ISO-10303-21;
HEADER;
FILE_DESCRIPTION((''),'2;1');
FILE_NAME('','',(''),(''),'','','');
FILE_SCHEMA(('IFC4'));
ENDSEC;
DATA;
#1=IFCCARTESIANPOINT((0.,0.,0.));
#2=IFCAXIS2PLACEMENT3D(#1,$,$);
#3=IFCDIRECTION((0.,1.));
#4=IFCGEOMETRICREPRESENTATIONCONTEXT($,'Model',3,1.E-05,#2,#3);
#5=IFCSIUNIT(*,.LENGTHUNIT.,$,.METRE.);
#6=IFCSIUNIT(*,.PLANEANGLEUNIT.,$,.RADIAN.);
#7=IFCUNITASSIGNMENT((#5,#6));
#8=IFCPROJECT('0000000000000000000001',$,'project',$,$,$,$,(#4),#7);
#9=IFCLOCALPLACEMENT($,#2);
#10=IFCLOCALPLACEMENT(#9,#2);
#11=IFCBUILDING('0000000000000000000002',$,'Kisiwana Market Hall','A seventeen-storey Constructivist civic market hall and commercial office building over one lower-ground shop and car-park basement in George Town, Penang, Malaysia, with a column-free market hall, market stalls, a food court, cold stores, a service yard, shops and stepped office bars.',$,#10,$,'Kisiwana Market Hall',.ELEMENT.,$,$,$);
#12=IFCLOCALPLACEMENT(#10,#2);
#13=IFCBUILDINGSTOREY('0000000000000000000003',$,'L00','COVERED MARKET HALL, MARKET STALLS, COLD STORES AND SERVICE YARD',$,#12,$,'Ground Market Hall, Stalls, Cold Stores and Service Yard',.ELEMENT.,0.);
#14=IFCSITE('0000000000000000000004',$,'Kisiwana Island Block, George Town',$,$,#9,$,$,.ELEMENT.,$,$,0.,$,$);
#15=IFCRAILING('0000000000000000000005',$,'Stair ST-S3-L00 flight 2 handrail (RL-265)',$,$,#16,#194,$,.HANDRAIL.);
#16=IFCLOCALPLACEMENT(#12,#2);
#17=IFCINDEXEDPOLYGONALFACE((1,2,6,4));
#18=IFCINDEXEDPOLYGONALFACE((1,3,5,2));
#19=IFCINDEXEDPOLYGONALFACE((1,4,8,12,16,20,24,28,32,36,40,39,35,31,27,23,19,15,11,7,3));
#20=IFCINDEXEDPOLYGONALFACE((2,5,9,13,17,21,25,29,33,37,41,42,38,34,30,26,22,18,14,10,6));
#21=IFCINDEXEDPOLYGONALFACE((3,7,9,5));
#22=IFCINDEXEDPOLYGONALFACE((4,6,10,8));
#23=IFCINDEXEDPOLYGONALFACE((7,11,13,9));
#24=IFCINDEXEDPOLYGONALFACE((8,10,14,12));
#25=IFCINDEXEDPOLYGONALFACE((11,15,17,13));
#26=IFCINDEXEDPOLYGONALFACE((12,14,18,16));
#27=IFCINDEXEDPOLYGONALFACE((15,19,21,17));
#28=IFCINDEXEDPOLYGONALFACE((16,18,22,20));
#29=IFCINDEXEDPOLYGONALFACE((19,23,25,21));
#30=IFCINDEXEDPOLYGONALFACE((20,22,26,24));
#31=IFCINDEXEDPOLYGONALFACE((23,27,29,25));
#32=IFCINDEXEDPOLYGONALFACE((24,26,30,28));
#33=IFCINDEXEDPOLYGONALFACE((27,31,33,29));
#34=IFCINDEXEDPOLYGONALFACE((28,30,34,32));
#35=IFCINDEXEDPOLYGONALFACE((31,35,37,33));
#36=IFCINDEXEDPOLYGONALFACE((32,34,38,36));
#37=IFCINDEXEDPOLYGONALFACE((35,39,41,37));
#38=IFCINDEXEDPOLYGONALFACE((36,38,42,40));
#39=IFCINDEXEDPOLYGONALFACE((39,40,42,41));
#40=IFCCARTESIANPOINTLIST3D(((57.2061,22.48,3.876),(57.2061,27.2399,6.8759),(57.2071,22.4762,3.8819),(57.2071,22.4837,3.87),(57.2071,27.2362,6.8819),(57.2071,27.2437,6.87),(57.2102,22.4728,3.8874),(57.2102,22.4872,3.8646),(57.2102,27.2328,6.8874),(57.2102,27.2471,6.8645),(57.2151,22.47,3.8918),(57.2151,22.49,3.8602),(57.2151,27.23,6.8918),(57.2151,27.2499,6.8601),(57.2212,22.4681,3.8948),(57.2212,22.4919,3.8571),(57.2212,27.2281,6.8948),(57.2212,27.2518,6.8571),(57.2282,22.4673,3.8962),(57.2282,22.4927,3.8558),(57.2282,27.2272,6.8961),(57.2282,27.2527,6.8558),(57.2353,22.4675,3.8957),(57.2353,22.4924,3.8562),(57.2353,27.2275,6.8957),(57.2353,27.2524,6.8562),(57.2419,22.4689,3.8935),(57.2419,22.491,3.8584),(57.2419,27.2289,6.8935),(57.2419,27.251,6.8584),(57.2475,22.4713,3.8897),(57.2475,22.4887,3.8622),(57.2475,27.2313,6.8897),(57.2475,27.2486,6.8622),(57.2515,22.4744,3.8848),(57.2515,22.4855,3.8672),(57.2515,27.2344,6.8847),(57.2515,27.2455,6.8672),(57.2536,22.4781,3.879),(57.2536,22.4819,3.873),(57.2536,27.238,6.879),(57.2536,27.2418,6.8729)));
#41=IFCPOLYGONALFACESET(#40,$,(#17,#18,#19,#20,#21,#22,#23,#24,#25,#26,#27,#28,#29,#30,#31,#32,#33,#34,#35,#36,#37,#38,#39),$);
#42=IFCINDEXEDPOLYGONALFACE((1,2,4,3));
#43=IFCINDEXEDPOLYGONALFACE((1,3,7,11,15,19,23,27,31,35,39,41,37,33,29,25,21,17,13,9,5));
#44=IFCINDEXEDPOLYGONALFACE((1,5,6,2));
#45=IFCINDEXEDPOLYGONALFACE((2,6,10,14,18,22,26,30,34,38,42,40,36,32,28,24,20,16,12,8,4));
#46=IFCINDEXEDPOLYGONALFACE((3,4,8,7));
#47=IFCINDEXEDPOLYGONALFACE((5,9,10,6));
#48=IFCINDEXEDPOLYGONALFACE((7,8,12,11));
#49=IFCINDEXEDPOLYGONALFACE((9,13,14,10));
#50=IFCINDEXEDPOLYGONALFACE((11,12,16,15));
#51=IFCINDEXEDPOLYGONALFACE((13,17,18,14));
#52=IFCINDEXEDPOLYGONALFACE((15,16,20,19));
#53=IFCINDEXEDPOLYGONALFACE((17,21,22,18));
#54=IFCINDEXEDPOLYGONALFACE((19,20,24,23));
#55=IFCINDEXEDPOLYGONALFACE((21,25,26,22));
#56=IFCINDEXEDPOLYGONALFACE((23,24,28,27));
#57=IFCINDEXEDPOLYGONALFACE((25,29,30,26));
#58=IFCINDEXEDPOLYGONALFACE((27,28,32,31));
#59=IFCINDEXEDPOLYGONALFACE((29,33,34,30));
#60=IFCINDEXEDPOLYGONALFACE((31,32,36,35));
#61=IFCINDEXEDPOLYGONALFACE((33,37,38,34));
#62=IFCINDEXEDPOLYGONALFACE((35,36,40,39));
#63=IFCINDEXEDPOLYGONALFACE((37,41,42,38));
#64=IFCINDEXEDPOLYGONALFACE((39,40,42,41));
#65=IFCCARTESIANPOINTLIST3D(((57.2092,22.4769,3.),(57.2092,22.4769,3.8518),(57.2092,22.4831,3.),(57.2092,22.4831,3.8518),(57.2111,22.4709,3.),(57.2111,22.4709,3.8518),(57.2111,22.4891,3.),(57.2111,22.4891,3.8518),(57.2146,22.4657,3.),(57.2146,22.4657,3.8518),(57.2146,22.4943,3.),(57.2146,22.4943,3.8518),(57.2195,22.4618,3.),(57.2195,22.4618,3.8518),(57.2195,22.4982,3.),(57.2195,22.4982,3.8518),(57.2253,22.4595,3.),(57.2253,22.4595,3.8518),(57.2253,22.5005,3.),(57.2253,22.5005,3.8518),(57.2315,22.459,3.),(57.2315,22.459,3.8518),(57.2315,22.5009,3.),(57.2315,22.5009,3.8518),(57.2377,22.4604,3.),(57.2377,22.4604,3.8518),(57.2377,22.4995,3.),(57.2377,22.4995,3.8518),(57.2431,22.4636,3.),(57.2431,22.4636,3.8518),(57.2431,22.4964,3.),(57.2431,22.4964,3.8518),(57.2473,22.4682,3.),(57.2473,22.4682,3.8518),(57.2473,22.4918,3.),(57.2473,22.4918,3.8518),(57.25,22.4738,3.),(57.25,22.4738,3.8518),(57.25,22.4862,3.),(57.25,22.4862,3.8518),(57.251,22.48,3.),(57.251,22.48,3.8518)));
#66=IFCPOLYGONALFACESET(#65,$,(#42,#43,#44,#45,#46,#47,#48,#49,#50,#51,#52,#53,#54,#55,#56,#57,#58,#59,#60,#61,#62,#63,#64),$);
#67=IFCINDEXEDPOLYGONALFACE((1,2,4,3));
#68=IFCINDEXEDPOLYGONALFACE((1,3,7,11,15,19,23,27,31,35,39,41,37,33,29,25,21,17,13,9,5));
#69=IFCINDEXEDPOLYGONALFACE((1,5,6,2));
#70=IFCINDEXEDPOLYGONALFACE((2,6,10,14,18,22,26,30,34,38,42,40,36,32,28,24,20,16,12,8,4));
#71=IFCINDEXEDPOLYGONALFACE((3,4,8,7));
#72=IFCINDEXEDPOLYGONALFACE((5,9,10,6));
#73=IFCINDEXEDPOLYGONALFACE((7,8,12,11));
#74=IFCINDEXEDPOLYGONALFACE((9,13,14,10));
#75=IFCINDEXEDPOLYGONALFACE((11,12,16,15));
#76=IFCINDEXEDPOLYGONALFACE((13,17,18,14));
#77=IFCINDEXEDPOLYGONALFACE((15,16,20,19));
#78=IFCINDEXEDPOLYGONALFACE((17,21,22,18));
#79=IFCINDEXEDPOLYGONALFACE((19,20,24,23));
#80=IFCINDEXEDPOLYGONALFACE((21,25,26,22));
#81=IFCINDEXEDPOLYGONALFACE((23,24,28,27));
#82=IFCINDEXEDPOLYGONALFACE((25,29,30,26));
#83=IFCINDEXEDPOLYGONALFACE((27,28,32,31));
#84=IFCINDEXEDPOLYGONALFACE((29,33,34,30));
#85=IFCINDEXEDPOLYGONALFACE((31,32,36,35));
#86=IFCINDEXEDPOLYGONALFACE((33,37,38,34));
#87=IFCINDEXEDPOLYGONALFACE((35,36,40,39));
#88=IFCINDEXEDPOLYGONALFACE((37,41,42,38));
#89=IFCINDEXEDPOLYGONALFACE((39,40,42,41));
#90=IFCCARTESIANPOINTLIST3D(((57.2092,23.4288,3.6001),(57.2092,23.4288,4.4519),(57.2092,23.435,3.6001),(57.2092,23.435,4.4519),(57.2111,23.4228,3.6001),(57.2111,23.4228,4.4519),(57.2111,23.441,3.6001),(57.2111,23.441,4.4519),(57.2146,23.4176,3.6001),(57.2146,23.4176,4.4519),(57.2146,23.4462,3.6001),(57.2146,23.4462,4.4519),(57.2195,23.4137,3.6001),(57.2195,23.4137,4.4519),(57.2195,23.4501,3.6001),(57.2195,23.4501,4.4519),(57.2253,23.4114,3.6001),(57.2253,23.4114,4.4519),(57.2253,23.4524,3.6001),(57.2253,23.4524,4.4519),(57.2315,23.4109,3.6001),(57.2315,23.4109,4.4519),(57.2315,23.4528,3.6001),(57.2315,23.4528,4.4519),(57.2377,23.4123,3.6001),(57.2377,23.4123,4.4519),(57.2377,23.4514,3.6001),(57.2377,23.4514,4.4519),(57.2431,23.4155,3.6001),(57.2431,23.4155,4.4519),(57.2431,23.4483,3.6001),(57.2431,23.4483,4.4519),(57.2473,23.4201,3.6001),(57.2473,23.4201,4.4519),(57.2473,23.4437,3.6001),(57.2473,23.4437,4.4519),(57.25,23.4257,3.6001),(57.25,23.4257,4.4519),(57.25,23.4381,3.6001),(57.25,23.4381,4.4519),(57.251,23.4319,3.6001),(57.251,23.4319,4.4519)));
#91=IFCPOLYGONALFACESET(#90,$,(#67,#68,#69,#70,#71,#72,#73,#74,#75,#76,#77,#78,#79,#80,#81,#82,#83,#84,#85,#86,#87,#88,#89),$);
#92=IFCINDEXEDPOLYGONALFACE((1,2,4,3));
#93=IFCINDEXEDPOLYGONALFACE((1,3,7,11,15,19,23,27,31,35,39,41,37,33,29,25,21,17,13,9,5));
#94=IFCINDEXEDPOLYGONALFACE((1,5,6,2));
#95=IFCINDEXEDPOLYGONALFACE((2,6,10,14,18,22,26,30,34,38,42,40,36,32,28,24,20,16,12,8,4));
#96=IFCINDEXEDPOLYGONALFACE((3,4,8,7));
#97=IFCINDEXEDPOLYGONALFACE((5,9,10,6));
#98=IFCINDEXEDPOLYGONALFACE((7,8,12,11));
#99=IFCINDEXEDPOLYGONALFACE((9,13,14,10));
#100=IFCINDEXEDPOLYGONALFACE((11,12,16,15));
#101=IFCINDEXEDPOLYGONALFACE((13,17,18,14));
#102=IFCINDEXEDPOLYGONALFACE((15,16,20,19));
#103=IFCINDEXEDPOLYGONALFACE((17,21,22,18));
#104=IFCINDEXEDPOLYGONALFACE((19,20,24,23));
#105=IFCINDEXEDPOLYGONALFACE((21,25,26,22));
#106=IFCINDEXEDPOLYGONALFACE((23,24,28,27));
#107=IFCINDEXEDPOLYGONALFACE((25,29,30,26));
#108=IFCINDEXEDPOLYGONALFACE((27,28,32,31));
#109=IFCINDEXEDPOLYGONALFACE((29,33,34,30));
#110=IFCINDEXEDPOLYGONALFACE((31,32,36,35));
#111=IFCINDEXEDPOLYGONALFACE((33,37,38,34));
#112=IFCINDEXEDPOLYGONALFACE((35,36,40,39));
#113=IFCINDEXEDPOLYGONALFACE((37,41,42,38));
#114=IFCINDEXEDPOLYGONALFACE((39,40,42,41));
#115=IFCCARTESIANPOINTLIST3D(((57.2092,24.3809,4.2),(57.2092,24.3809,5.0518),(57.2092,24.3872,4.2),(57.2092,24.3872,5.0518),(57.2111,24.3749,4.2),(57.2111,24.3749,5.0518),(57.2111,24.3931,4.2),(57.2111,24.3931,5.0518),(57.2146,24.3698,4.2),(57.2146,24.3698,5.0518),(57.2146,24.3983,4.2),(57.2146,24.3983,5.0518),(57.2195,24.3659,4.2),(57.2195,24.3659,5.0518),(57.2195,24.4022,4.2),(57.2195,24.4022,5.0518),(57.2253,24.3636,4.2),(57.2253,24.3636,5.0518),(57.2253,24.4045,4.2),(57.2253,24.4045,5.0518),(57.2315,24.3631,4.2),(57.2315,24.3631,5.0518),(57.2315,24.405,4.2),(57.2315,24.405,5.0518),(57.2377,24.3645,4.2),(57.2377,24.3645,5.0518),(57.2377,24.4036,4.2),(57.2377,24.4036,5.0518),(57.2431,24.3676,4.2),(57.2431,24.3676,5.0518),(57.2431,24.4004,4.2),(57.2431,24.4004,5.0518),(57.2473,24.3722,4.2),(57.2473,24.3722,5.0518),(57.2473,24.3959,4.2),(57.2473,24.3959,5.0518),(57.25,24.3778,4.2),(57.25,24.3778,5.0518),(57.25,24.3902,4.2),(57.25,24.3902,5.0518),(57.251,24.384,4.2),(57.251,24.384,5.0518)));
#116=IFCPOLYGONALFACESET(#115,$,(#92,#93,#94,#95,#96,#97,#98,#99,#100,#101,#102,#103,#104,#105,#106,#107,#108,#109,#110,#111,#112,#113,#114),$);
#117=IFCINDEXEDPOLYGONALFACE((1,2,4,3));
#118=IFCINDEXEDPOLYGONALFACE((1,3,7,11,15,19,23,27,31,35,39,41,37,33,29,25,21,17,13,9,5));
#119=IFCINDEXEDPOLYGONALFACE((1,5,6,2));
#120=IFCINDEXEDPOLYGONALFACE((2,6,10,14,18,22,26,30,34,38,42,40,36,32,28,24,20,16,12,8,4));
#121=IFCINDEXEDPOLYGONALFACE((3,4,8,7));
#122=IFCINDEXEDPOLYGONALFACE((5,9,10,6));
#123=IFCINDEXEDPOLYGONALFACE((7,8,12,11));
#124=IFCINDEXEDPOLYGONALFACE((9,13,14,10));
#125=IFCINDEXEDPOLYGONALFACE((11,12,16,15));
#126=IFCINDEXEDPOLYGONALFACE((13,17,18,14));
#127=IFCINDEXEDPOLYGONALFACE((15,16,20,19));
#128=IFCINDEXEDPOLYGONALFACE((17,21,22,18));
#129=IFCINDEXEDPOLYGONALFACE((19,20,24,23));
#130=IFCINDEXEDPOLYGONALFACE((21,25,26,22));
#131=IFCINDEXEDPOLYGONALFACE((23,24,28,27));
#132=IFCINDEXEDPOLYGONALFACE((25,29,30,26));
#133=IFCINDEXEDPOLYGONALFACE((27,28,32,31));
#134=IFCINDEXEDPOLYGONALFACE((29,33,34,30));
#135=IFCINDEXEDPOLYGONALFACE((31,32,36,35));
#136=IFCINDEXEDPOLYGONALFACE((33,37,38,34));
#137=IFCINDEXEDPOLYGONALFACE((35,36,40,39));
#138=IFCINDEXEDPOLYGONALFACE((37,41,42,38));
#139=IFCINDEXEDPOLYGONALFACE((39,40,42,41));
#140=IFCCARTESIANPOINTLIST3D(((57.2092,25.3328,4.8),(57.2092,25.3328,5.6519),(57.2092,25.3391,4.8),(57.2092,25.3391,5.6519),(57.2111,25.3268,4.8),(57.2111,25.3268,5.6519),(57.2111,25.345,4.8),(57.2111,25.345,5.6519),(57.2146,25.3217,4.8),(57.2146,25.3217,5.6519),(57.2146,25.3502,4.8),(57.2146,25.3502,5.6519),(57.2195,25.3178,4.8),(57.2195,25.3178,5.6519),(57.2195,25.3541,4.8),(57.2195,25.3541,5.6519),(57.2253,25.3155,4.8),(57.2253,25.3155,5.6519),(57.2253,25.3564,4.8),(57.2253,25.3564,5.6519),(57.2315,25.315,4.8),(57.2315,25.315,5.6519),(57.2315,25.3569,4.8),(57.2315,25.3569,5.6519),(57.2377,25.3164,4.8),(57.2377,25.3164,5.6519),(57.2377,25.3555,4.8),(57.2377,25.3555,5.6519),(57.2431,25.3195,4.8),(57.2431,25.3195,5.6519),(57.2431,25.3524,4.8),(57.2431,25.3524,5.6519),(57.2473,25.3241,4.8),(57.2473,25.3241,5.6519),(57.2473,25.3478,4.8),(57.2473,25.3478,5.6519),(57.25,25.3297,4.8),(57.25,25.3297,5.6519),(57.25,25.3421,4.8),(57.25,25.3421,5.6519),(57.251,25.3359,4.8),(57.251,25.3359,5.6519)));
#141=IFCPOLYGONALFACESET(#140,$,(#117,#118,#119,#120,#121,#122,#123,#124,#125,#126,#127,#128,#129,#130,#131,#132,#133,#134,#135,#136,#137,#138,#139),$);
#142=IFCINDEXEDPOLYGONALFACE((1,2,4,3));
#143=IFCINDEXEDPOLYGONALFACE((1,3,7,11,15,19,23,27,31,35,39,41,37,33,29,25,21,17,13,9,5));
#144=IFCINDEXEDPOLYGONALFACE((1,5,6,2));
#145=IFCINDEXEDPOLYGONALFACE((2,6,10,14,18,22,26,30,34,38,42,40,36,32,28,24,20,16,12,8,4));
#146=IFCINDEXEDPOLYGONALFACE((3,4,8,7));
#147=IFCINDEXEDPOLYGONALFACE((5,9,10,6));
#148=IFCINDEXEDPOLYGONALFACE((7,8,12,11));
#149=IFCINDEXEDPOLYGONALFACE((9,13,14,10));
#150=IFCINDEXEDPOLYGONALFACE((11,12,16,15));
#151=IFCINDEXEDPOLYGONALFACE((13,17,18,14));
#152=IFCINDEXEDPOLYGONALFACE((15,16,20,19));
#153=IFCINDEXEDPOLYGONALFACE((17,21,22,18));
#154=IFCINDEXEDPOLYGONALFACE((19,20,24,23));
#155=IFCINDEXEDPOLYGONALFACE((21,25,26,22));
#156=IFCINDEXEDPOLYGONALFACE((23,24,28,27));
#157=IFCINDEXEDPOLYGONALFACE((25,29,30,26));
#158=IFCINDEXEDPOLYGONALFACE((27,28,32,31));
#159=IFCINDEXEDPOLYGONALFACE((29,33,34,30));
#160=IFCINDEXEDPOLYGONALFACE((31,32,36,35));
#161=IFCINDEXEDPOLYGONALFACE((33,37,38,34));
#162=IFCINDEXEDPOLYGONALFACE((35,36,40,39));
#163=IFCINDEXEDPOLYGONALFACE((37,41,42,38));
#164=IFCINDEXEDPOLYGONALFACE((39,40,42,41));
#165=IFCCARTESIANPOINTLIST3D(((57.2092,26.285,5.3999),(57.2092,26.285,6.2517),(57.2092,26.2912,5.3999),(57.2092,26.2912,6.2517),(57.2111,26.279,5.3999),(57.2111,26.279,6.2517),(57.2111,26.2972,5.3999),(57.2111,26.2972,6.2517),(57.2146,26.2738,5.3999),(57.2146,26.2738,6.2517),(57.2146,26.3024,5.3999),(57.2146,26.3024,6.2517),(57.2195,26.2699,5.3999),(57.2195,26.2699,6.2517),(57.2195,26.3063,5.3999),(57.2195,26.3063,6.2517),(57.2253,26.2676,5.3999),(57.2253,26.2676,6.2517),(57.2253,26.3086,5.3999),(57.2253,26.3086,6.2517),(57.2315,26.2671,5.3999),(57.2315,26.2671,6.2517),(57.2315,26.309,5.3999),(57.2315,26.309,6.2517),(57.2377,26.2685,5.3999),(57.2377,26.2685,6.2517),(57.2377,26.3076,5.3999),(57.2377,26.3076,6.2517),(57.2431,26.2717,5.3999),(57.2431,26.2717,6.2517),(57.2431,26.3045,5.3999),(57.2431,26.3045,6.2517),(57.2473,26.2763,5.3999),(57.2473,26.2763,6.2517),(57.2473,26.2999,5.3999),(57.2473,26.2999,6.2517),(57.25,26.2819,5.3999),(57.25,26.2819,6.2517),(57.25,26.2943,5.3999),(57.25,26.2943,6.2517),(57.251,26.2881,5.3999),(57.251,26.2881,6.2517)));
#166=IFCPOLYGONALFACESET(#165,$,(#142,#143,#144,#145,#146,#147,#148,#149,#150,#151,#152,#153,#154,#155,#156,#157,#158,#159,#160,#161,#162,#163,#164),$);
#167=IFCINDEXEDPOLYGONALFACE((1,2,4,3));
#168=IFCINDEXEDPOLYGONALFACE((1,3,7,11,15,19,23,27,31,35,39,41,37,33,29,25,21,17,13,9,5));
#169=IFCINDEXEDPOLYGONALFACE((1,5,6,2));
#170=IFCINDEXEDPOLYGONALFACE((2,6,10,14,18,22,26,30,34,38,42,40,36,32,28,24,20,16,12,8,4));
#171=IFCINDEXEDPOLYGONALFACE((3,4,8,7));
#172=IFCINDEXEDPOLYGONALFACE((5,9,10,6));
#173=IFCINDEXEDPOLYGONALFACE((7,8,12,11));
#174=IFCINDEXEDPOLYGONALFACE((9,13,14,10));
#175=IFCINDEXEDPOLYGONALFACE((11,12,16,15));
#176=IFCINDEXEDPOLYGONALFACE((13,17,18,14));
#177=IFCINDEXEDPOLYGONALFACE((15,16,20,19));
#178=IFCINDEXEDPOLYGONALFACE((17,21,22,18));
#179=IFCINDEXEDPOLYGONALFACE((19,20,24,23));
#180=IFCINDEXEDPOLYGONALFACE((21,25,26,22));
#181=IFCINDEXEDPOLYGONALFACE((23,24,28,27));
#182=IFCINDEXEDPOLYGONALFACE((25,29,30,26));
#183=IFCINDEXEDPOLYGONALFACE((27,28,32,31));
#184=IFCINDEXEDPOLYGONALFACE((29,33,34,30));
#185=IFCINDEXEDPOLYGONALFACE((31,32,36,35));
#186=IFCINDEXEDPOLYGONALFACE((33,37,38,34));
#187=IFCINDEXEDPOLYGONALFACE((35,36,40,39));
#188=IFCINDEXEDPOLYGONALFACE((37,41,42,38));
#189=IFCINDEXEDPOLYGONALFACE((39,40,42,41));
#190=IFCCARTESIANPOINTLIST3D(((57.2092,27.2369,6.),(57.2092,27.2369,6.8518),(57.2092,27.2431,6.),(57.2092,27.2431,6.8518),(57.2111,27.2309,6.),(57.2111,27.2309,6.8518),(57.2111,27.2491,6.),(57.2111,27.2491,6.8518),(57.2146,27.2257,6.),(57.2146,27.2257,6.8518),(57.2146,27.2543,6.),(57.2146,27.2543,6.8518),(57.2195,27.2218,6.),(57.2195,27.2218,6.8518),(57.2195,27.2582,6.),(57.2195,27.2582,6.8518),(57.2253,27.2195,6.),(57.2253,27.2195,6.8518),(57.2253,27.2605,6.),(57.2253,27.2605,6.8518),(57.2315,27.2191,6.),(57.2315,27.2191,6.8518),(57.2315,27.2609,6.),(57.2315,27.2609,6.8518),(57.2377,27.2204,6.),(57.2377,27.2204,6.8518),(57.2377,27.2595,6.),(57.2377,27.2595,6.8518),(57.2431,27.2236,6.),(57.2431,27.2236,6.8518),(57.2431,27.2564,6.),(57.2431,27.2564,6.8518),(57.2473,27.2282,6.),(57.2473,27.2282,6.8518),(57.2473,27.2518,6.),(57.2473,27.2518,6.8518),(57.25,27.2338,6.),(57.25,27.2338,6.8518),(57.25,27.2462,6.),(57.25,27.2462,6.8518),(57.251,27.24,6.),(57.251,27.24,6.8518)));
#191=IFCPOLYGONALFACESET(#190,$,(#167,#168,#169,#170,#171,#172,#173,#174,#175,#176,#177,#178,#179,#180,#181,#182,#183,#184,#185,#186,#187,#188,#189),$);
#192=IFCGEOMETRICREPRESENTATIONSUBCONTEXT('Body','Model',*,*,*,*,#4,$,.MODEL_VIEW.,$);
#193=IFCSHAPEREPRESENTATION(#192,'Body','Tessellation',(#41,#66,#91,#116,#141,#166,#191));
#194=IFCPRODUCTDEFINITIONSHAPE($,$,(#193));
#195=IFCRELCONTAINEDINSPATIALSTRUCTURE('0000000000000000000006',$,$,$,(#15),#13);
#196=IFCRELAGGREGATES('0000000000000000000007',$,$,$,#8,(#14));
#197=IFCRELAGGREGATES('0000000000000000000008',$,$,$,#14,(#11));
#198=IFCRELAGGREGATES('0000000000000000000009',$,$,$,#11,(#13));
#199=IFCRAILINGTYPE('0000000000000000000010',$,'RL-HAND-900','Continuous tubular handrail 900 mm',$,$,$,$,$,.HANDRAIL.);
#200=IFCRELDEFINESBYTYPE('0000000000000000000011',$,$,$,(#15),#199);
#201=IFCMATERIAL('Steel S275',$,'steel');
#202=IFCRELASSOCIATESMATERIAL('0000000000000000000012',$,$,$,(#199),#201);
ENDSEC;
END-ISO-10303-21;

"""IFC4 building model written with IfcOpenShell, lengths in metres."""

from ifc_helpers import new_model, si_unit, direction, frame, origin, origin_2d, place, context, subcontext, project, spatial, circle, extrude, material, type_object, element, save


model = new_model("IFC4")

# Units and contexts
model_context = context("Model", 3, precision=1e-05, world=origin(), true_north=direction((0.0, 1.0)))
body_context = subcontext(model_context, "Body", "Model", "MODEL_VIEW")
ifc_project = project(units=[si_unit("LENGTHUNIT", "METRE"), si_unit("PLANEANGLEUNIT", "RADIAN")], contexts=[model_context])

# Site, building, storey
site_placement = place(None, origin())
site = spatial("IfcSite", under=ifc_project, at=site_placement, Name="Kisiwana Island Block, George Town", CompositionType="ELEMENT", RefElevation=0.0)
building_placement = place(site_placement, origin())
building = spatial("IfcBuilding", under=site, at=building_placement, Name="Kisiwana Market Hall", Description="A seventeen-storey Constructivist civic market hall and commercial office building over one lower-ground shop and car-park basement in George Town, Penang, Malaysia, with a column-free market hall, market stalls, a food court, cold stores, a service yard, shops and stepped office bars.", LongName="Kisiwana Market Hall", CompositionType="ELEMENT")
storey_placement = place(building_placement, origin())
storey = spatial("IfcBuildingStorey", under=building, at=storey_placement, Name="L00", Description="COVERED MARKET HALL, MARKET STALLS, COLD STORES AND SERVICE YARD", LongName="Ground Market Hall, Stalls, Cold Stores and Service Yard", CompositionType="ELEMENT", Elevation=0.0)

# Railing
ifc_material_1 = material(Name="Steel S275", Category="steel")
railing_type = type_object("IfcRailingType", Name="RL-HAND-900", Description="Continuous tubular handrail 900 mm", PredefinedType="HANDRAIL", material=ifc_material_1)
for number, where, name in (
    (1, (57.23, 22.48, 3.0), "Stair ST-S3-L00 flight 2 handrail (RL-265)"),
):
    element("IfcRailing", number, at=place(storey_placement, frame(where)), inside=storey, type_object=railing_type, Name=name, PredefinedType="HANDRAIL", context=body_context, shape_type="SweptSolid", body=[
        extrude(circle(Radius=0.0239, at=origin_2d()), frame((0.0, 0.0, 0.876), z_axis=(0.0, 0.845996, 0.53319), x_axis=(-1.0, 0.0, 0.0)), (0.0, 0.0, 1.0), 5.6265),
        extrude(circle(Radius=0.021, at=origin_2d()), origin(), (0.0, 0.0, 1.0), 0.8518),
        extrude(circle(Radius=0.021, at=origin_2d()), frame((0.0, 0.9519, 0.6001)), (0.0, 0.0, 1.0), 0.8518),
        extrude(circle(Radius=0.021, at=origin_2d()), frame((0.0, 1.9041, 1.2)), (0.0, 0.0, 1.0), 0.8518),
        extrude(circle(Radius=0.021, at=origin_2d()), frame((0.0, 2.856, 1.8)), (0.0, 0.0, 1.0), 0.8518),
        extrude(circle(Radius=0.021, at=origin_2d()), frame((0.0, 3.8081, 2.3999)), (0.0, 0.0, 1.0), 0.8518),
        extrude(circle(Radius=0.021, at=origin_2d()), frame((0.0, 4.76, 3.0)), (0.0, 0.0, 1.0), 0.8518),
    ])

save(model, "model.ifc")
